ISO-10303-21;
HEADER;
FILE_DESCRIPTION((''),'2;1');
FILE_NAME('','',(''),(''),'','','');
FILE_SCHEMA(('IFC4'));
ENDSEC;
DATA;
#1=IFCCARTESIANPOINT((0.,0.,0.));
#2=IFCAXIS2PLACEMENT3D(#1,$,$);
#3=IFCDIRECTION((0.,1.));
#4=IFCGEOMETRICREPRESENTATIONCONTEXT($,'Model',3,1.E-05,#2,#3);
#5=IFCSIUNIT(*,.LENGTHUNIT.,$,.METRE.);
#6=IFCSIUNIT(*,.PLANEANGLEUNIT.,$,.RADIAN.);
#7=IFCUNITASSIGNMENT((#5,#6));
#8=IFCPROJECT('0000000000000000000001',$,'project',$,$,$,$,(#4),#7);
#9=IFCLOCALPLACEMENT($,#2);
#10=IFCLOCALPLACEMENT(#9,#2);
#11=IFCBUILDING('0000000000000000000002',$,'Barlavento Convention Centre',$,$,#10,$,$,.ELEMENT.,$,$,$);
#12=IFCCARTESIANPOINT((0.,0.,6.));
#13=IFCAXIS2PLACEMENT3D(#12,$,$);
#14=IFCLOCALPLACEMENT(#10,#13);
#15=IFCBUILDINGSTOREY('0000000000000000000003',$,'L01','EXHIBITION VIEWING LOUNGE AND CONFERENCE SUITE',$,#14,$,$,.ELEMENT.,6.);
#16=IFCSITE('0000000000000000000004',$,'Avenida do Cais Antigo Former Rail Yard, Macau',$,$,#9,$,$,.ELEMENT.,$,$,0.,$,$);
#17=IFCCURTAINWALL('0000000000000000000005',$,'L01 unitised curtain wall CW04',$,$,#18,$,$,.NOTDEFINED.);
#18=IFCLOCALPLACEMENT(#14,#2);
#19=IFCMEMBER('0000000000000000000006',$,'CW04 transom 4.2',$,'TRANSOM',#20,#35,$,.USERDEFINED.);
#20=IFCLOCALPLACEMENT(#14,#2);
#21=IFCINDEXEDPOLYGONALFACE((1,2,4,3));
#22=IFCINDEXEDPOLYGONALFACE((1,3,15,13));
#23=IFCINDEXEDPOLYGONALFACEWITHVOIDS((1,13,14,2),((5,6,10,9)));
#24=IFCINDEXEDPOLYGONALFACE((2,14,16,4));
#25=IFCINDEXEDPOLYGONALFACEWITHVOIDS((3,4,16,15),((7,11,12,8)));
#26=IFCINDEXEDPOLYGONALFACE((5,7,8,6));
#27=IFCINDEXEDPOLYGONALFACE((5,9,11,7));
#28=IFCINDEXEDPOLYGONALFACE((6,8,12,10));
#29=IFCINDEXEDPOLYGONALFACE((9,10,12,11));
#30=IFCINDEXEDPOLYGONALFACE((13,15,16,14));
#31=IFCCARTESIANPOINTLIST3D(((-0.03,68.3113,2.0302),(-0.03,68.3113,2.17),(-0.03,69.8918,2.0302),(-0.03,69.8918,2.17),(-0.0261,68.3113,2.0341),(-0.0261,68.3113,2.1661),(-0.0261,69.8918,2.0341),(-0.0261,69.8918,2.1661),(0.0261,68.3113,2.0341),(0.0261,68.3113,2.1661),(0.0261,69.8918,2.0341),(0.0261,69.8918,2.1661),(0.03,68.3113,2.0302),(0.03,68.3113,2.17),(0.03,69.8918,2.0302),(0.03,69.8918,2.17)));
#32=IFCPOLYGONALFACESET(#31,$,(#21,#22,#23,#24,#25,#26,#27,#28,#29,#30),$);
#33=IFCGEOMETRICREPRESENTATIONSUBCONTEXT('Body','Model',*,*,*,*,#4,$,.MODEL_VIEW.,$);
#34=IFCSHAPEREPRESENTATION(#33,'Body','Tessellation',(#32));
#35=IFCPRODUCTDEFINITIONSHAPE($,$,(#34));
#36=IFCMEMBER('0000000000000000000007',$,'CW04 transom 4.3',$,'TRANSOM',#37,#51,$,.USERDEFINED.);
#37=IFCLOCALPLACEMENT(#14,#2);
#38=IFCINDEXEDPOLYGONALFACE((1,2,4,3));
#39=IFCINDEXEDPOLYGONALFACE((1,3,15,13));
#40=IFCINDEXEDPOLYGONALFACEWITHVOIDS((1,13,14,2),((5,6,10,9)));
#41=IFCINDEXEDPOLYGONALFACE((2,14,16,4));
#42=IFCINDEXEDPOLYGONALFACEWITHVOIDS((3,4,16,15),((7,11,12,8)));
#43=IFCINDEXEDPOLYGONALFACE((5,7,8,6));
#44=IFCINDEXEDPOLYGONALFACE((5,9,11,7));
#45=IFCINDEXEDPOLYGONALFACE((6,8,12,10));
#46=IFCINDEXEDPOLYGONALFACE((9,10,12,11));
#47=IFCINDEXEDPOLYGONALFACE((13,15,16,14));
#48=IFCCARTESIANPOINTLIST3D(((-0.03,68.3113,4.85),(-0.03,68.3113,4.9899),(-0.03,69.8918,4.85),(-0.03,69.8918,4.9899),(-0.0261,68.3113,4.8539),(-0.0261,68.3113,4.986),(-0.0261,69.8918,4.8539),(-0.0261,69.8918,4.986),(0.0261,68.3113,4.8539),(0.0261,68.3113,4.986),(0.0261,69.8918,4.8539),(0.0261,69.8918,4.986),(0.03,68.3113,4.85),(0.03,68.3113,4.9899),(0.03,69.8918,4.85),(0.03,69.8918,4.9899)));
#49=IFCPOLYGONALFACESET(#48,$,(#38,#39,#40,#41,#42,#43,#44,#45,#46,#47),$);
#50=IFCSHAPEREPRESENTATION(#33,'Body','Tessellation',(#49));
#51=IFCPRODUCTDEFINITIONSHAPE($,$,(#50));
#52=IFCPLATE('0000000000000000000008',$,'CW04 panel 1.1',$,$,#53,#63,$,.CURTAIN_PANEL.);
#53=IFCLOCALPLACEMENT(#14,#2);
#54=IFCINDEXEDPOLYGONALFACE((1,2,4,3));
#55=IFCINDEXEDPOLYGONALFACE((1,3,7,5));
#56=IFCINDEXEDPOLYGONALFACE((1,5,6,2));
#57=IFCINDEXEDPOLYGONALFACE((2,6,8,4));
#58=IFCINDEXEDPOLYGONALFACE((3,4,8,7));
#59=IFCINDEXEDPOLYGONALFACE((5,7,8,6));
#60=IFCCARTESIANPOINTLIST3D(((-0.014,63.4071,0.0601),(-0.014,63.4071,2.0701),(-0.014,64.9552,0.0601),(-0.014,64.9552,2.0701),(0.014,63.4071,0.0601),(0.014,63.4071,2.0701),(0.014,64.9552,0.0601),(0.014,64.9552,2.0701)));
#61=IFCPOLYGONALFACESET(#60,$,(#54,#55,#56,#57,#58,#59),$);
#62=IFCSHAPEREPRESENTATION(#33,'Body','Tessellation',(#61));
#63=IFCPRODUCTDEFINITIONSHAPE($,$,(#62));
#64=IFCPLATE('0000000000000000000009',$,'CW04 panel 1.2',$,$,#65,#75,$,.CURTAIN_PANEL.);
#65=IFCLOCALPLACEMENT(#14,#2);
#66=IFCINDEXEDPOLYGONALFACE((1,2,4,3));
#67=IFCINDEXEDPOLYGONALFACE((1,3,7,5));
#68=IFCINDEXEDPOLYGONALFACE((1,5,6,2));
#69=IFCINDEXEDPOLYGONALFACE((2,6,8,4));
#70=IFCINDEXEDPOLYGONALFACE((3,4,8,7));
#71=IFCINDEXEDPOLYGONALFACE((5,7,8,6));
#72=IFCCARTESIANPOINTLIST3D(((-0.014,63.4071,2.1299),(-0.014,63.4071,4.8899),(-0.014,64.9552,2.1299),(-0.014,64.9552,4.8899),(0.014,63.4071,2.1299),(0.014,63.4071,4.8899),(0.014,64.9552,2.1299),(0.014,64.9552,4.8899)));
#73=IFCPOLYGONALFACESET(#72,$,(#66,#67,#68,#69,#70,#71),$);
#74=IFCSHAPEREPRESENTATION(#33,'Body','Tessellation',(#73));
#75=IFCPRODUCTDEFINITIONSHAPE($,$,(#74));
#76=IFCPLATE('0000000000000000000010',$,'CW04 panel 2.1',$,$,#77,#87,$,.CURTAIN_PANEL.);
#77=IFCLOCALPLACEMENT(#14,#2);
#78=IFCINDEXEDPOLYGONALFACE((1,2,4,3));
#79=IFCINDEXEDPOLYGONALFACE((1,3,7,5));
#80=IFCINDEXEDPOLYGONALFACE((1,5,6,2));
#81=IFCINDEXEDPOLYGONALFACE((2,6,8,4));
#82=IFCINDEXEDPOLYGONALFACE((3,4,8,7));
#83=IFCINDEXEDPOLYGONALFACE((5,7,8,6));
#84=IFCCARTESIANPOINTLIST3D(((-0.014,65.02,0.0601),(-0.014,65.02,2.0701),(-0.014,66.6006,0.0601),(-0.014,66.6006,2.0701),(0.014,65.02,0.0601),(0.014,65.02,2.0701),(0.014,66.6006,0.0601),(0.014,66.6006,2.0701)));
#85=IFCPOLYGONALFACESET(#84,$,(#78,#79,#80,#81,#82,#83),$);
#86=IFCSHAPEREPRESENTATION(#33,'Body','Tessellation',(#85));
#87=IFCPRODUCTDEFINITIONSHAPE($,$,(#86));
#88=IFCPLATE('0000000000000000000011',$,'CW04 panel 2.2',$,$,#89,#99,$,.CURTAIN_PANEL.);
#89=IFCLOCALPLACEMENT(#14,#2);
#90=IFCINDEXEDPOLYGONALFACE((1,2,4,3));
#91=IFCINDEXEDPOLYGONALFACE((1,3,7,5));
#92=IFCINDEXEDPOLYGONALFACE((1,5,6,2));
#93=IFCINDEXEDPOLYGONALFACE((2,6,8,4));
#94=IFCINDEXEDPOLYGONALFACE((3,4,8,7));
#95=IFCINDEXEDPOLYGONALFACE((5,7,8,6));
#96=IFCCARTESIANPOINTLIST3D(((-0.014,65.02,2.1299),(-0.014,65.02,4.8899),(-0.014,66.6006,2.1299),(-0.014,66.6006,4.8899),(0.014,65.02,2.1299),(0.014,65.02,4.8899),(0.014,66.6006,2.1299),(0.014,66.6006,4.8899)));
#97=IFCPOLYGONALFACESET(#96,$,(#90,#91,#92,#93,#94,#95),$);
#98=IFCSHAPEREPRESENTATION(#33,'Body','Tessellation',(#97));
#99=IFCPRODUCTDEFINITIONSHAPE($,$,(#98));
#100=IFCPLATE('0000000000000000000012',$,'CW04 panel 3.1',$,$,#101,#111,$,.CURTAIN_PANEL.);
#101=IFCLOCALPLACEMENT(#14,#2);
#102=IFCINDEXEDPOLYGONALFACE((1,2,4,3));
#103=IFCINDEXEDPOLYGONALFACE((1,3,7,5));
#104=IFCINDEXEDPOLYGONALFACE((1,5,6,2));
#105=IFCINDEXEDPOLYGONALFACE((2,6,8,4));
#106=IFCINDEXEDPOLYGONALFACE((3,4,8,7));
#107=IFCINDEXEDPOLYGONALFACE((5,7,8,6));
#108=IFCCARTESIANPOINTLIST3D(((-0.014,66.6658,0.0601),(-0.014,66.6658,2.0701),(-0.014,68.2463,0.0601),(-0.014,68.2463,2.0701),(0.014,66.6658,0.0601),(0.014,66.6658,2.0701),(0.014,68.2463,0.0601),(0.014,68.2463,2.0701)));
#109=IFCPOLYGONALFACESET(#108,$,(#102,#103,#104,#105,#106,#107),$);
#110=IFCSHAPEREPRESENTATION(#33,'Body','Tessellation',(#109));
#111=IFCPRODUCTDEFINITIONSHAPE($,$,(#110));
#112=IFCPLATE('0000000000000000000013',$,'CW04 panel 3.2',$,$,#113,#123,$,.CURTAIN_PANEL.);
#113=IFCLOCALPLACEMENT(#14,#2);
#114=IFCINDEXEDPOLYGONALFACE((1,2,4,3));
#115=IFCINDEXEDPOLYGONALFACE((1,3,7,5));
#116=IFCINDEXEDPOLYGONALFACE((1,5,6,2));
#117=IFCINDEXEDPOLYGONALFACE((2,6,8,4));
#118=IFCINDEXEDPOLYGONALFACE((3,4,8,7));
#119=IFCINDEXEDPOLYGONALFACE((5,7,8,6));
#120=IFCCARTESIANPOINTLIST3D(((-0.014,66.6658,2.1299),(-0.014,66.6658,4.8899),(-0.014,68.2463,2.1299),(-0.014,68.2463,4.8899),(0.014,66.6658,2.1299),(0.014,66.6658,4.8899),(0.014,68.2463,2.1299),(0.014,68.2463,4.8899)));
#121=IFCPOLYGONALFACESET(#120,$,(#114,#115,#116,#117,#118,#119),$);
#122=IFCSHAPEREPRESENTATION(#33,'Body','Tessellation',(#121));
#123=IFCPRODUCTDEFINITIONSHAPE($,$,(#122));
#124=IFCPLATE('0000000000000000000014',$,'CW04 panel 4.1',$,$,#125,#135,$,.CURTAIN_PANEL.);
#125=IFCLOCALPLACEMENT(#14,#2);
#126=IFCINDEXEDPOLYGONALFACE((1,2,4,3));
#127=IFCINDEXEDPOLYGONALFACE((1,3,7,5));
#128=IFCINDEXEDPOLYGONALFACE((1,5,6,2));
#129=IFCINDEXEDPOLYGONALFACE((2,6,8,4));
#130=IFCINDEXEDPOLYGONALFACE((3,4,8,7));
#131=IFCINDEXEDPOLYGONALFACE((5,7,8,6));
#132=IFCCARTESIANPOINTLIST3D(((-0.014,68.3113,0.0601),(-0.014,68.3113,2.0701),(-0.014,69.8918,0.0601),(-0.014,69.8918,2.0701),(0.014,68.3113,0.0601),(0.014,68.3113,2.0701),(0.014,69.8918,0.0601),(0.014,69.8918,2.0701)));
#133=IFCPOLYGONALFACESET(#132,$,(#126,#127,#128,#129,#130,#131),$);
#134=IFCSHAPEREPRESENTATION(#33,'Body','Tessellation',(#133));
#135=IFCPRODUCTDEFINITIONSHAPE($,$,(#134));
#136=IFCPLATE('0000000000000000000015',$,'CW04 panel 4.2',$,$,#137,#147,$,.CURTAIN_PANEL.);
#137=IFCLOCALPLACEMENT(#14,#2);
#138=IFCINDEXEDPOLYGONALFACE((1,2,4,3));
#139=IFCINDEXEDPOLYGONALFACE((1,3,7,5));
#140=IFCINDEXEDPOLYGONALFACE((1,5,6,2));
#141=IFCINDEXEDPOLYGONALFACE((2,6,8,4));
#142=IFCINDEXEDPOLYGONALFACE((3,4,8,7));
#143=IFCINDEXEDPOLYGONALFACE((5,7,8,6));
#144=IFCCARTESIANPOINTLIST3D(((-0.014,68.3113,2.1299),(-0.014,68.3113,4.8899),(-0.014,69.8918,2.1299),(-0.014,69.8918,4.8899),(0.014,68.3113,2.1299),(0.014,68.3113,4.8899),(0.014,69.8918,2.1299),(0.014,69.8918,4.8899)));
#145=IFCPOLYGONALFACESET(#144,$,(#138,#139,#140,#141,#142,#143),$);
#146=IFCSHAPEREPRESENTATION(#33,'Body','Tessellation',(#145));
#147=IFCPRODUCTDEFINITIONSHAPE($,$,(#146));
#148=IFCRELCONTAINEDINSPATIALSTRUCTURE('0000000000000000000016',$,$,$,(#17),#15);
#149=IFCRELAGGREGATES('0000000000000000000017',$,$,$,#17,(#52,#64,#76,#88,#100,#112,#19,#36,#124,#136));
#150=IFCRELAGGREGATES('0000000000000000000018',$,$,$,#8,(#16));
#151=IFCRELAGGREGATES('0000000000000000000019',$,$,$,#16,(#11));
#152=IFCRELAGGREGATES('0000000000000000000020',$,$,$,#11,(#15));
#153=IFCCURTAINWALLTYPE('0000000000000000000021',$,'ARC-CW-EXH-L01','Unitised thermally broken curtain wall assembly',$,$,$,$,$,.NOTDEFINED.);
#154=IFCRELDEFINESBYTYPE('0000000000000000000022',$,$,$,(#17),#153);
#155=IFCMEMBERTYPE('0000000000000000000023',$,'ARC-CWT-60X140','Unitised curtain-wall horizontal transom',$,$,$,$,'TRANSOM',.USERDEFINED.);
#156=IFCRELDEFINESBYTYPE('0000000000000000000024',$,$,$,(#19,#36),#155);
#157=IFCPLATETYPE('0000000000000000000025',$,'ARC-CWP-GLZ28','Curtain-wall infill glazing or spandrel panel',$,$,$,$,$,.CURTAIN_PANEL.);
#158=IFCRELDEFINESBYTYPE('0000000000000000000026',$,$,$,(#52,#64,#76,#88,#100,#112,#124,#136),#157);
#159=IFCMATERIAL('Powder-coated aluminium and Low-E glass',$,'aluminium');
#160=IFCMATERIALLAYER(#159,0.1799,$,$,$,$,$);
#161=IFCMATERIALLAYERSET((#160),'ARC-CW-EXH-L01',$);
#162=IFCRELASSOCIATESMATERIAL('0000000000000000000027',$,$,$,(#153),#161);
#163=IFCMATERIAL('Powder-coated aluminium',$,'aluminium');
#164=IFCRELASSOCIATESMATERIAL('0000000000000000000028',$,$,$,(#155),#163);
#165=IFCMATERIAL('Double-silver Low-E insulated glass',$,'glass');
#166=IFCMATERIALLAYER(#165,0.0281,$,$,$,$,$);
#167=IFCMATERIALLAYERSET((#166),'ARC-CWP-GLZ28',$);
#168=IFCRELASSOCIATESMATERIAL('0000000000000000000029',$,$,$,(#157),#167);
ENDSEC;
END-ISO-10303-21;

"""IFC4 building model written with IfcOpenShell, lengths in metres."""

from ifc_helpers import new_model, si_unit, direction, frame, origin, origin_2d, place, context, subcontext, project, spatial, rectangle, hollow_rectangle, extrude, material, layer, layer_set, material_profile, profile_set, type_object, element, aggregate, save


model = new_model("IFC4")

# Units and contexts
model_context = context("Model", 3, precision=1e-05, world=origin(), true_north=direction((0.0, 1.0)))
body_context = subcontext(model_context, "Body", "Model", "MODEL_VIEW")
ifc_project = project(units=[si_unit("LENGTHUNIT", "METRE"), si_unit("PLANEANGLEUNIT", "RADIAN")], contexts=[model_context])

# Site, building, storey
site_placement = place(None, origin())
site = spatial("IfcSite", under=ifc_project, at=site_placement, Name="Avenida do Cais Antigo Former Rail Yard, Macau", CompositionType="ELEMENT", RefElevation=0.0)
building_placement = place(site_placement, origin())
building = spatial("IfcBuilding", under=site, at=building_placement, Name="Barlavento Convention Centre", CompositionType="ELEMENT")
storey_placement = place(building_placement, frame((0.0, 0.0, 6.0)))
storey = spatial("IfcBuildingStorey", under=building, at=storey_placement, Name="L01", Description="EXHIBITION VIEWING LOUNGE AND CONFERENCE SUITE", CompositionType="ELEMENT", Elevation=6.0)

# Curtain wall, members, plates
ifc_material_1 = material(Name="Powder-coated aluminium and Low-E glass", Category="aluminium")
ifc_layer_1 = layer(ifc_material_1, 0.1799)
ifc_layer_set_1 = layer_set([ifc_layer_1], Name="ARC-CW-EXH-L01")
curtain_wall_type = type_object("IfcCurtainWallType", Name="ARC-CW-EXH-L01", Description="Unitised thermally broken curtain wall assembly", PredefinedType="NOTDEFINED", material=ifc_layer_set_1)
curtain_wall_placement = place(storey_placement, origin())
curtain_wall = element("IfcCurtainWall", 1, at=curtain_wall_placement, inside=storey, type_object=curtain_wall_type, Name="L01 unitised curtain wall CW04", PredefinedType="NOTDEFINED")
ifc_material_2 = material(Name="Powder-coated aluminium", Category="aluminium")
ifc_material_profile_1 = material_profile(ifc_material_2, hollow_rectangle(XDim=0.0601, YDim=0.1399, WallThickness=0.0039, at=origin_2d()), Name="AL-TRAN 60x140x4")
ifc_profile_set_1 = profile_set([ifc_material_profile_1], Name="Powder-coated aluminium")
member_type_1 = type_object("IfcMemberType", Name="ARC-CWT-60X140", Description="Unitised curtain-wall horizontal transom", ElementType="TRANSOM", PredefinedType="USERDEFINED", material=ifc_profile_set_1)
member_1_placement = place(storey_placement, frame((0.0, 68.3113, 2.1001), z_axis=(0.0, 1.0, 0.0), x_axis=(-1.0, 0.0, 0.0)))
member_1 = element("IfcMember", 2, at=member_1_placement, type_object=member_type_1, Name="CW04 transom 4.2", ObjectType="TRANSOM", PredefinedType="USERDEFINED", context=body_context, shape_type="SweptSolid", body=[
    extrude(hollow_rectangle(XDim=0.0601, YDim=0.1399, WallThickness=0.0039, at=origin_2d()), origin(), (0.0, 0.0, 1.0), 1.5806),
])
member_2_placement = place(storey_placement, frame((0.0, 68.3113, 4.9199), z_axis=(0.0, 1.0, 0.0), x_axis=(-1.0, 0.0, 0.0)))
member_2 = element("IfcMember", 3, at=member_2_placement, type_object=member_type_1, Name="CW04 transom 4.3", ObjectType="TRANSOM", PredefinedType="USERDEFINED", context=body_context, shape_type="SweptSolid", body=[
    extrude(hollow_rectangle(XDim=0.0601, YDim=0.1399, WallThickness=0.0039, at=origin_2d()), origin(), (0.0, 0.0, 1.0), 1.5806),
])
ifc_material_3 = material(Name="Double-silver Low-E insulated glass", Category="glass")
ifc_layer_2 = layer(ifc_material_3, 0.0281)
ifc_layer_set_2 = layer_set([ifc_layer_2], Name="ARC-CWP-GLZ28")
plate_type = type_object("IfcPlateType", Name="ARC-CWP-GLZ28", Description="Curtain-wall infill glazing or spandrel panel", PredefinedType="CURTAIN_PANEL", material=ifc_layer_set_2)
plate_1_placement = place(storey_placement, frame((0.0, 64.1812, 0.0601), z_axis=(0.0, 0.0, 1.0), x_axis=(0.0, 1.0, 0.0)))
plate_1 = element("IfcPlate", 4, at=plate_1_placement, type_object=plate_type, Name="CW04 panel 1.1", PredefinedType="CURTAIN_PANEL", context=body_context, shape_type="SweptSolid", body=[
    extrude(rectangle(XDim=1.5481, YDim=0.0281, at=origin_2d()), origin(), (0.0, 0.0, 1.0), 2.01),
])
plate_2_placement = place(storey_placement, frame((0.0, 64.1812, 2.1299), z_axis=(0.0, 0.0, 1.0), x_axis=(0.0, 1.0, 0.0)))
plate_2 = element("IfcPlate", 5, at=plate_2_placement, type_object=plate_type, Name="CW04 panel 1.2", PredefinedType="CURTAIN_PANEL", context=body_context, shape_type="SweptSolid", body=[
    extrude(rectangle(XDim=1.5481, YDim=0.0281, at=origin_2d()), origin(), (0.0, 0.0, 1.0), 2.76),
])
plate_3_placement = place(storey_placement, frame((0.0, 65.8103, 0.0601), z_axis=(0.0, 0.0, 1.0), x_axis=(0.0, 1.0, 0.0)))
plate_3 = element("IfcPlate", 6, at=plate_3_placement, type_object=plate_type, Name="CW04 panel 2.1", PredefinedType="CURTAIN_PANEL", context=body_context, shape_type="SweptSolid", body=[
    extrude(rectangle(XDim=1.5806, YDim=0.0281, at=origin_2d()), origin(), (0.0, 0.0, 1.0), 2.01),
])
plate_4_placement = place(storey_placement, frame((0.0, 65.8103, 2.1299), z_axis=(0.0, 0.0, 1.0), x_axis=(0.0, 1.0, 0.0)))
plate_4 = element("IfcPlate", 7, at=plate_4_placement, type_object=plate_type, Name="CW04 panel 2.2", PredefinedType="CURTAIN_PANEL", context=body_context, shape_type="SweptSolid", body=[
    extrude(rectangle(XDim=1.5806, YDim=0.0281, at=origin_2d()), origin(), (0.0, 0.0, 1.0), 2.76),
])
plate_5_placement = place(storey_placement, frame((0.0, 67.4561, 0.0601), z_axis=(0.0, 0.0, 1.0), x_axis=(0.0, 1.0, 0.0)))
plate_5 = element("IfcPlate", 8, at=plate_5_placement, type_object=plate_type, Name="CW04 panel 3.1", PredefinedType="CURTAIN_PANEL", context=body_context, shape_type="SweptSolid", body=[
    extrude(rectangle(XDim=1.5806, YDim=0.0281, at=origin_2d()), origin(), (0.0, 0.0, 1.0), 2.01),
])
plate_6_placement = place(storey_placement, frame((0.0, 67.4561, 2.1299), z_axis=(0.0, 0.0, 1.0), x_axis=(0.0, 1.0, 0.0)))
plate_6 = element("IfcPlate", 9, at=plate_6_placement, type_object=plate_type, Name="CW04 panel 3.2", PredefinedType="CURTAIN_PANEL", context=body_context, shape_type="SweptSolid", body=[
    extrude(rectangle(XDim=1.5806, YDim=0.0281, at=origin_2d()), origin(), (0.0, 0.0, 1.0), 2.76),
])
plate_7_placement = place(storey_placement, frame((0.0, 69.1016, 0.0601), z_axis=(0.0, 0.0, 1.0), x_axis=(0.0, 1.0, 0.0)))
plate_7 = element("IfcPlate", 10, at=plate_7_placement, type_object=plate_type, Name="CW04 panel 4.1", PredefinedType="CURTAIN_PANEL", context=body_context, shape_type="SweptSolid", body=[
    extrude(rectangle(XDim=1.5806, YDim=0.0281, at=origin_2d()), origin(), (0.0, 0.0, 1.0), 2.01),
])
plate_8_placement = place(storey_placement, frame((0.0, 69.1016, 2.1299), z_axis=(0.0, 0.0, 1.0), x_axis=(0.0, 1.0, 0.0)))
plate_8 = element("IfcPlate", 11, at=plate_8_placement, type_object=plate_type, Name="CW04 panel 4.2", PredefinedType="CURTAIN_PANEL", context=body_context, shape_type="SweptSolid", body=[
    extrude(rectangle(XDim=1.5806, YDim=0.0281, at=origin_2d()), origin(), (0.0, 0.0, 1.0), 2.76),
])
aggregate(curtain_wall, [plate_1, plate_2, plate_3, plate_4, plate_5, plate_6, member_1, member_2, plate_7, plate_8])

save(model, "model.ifc")
